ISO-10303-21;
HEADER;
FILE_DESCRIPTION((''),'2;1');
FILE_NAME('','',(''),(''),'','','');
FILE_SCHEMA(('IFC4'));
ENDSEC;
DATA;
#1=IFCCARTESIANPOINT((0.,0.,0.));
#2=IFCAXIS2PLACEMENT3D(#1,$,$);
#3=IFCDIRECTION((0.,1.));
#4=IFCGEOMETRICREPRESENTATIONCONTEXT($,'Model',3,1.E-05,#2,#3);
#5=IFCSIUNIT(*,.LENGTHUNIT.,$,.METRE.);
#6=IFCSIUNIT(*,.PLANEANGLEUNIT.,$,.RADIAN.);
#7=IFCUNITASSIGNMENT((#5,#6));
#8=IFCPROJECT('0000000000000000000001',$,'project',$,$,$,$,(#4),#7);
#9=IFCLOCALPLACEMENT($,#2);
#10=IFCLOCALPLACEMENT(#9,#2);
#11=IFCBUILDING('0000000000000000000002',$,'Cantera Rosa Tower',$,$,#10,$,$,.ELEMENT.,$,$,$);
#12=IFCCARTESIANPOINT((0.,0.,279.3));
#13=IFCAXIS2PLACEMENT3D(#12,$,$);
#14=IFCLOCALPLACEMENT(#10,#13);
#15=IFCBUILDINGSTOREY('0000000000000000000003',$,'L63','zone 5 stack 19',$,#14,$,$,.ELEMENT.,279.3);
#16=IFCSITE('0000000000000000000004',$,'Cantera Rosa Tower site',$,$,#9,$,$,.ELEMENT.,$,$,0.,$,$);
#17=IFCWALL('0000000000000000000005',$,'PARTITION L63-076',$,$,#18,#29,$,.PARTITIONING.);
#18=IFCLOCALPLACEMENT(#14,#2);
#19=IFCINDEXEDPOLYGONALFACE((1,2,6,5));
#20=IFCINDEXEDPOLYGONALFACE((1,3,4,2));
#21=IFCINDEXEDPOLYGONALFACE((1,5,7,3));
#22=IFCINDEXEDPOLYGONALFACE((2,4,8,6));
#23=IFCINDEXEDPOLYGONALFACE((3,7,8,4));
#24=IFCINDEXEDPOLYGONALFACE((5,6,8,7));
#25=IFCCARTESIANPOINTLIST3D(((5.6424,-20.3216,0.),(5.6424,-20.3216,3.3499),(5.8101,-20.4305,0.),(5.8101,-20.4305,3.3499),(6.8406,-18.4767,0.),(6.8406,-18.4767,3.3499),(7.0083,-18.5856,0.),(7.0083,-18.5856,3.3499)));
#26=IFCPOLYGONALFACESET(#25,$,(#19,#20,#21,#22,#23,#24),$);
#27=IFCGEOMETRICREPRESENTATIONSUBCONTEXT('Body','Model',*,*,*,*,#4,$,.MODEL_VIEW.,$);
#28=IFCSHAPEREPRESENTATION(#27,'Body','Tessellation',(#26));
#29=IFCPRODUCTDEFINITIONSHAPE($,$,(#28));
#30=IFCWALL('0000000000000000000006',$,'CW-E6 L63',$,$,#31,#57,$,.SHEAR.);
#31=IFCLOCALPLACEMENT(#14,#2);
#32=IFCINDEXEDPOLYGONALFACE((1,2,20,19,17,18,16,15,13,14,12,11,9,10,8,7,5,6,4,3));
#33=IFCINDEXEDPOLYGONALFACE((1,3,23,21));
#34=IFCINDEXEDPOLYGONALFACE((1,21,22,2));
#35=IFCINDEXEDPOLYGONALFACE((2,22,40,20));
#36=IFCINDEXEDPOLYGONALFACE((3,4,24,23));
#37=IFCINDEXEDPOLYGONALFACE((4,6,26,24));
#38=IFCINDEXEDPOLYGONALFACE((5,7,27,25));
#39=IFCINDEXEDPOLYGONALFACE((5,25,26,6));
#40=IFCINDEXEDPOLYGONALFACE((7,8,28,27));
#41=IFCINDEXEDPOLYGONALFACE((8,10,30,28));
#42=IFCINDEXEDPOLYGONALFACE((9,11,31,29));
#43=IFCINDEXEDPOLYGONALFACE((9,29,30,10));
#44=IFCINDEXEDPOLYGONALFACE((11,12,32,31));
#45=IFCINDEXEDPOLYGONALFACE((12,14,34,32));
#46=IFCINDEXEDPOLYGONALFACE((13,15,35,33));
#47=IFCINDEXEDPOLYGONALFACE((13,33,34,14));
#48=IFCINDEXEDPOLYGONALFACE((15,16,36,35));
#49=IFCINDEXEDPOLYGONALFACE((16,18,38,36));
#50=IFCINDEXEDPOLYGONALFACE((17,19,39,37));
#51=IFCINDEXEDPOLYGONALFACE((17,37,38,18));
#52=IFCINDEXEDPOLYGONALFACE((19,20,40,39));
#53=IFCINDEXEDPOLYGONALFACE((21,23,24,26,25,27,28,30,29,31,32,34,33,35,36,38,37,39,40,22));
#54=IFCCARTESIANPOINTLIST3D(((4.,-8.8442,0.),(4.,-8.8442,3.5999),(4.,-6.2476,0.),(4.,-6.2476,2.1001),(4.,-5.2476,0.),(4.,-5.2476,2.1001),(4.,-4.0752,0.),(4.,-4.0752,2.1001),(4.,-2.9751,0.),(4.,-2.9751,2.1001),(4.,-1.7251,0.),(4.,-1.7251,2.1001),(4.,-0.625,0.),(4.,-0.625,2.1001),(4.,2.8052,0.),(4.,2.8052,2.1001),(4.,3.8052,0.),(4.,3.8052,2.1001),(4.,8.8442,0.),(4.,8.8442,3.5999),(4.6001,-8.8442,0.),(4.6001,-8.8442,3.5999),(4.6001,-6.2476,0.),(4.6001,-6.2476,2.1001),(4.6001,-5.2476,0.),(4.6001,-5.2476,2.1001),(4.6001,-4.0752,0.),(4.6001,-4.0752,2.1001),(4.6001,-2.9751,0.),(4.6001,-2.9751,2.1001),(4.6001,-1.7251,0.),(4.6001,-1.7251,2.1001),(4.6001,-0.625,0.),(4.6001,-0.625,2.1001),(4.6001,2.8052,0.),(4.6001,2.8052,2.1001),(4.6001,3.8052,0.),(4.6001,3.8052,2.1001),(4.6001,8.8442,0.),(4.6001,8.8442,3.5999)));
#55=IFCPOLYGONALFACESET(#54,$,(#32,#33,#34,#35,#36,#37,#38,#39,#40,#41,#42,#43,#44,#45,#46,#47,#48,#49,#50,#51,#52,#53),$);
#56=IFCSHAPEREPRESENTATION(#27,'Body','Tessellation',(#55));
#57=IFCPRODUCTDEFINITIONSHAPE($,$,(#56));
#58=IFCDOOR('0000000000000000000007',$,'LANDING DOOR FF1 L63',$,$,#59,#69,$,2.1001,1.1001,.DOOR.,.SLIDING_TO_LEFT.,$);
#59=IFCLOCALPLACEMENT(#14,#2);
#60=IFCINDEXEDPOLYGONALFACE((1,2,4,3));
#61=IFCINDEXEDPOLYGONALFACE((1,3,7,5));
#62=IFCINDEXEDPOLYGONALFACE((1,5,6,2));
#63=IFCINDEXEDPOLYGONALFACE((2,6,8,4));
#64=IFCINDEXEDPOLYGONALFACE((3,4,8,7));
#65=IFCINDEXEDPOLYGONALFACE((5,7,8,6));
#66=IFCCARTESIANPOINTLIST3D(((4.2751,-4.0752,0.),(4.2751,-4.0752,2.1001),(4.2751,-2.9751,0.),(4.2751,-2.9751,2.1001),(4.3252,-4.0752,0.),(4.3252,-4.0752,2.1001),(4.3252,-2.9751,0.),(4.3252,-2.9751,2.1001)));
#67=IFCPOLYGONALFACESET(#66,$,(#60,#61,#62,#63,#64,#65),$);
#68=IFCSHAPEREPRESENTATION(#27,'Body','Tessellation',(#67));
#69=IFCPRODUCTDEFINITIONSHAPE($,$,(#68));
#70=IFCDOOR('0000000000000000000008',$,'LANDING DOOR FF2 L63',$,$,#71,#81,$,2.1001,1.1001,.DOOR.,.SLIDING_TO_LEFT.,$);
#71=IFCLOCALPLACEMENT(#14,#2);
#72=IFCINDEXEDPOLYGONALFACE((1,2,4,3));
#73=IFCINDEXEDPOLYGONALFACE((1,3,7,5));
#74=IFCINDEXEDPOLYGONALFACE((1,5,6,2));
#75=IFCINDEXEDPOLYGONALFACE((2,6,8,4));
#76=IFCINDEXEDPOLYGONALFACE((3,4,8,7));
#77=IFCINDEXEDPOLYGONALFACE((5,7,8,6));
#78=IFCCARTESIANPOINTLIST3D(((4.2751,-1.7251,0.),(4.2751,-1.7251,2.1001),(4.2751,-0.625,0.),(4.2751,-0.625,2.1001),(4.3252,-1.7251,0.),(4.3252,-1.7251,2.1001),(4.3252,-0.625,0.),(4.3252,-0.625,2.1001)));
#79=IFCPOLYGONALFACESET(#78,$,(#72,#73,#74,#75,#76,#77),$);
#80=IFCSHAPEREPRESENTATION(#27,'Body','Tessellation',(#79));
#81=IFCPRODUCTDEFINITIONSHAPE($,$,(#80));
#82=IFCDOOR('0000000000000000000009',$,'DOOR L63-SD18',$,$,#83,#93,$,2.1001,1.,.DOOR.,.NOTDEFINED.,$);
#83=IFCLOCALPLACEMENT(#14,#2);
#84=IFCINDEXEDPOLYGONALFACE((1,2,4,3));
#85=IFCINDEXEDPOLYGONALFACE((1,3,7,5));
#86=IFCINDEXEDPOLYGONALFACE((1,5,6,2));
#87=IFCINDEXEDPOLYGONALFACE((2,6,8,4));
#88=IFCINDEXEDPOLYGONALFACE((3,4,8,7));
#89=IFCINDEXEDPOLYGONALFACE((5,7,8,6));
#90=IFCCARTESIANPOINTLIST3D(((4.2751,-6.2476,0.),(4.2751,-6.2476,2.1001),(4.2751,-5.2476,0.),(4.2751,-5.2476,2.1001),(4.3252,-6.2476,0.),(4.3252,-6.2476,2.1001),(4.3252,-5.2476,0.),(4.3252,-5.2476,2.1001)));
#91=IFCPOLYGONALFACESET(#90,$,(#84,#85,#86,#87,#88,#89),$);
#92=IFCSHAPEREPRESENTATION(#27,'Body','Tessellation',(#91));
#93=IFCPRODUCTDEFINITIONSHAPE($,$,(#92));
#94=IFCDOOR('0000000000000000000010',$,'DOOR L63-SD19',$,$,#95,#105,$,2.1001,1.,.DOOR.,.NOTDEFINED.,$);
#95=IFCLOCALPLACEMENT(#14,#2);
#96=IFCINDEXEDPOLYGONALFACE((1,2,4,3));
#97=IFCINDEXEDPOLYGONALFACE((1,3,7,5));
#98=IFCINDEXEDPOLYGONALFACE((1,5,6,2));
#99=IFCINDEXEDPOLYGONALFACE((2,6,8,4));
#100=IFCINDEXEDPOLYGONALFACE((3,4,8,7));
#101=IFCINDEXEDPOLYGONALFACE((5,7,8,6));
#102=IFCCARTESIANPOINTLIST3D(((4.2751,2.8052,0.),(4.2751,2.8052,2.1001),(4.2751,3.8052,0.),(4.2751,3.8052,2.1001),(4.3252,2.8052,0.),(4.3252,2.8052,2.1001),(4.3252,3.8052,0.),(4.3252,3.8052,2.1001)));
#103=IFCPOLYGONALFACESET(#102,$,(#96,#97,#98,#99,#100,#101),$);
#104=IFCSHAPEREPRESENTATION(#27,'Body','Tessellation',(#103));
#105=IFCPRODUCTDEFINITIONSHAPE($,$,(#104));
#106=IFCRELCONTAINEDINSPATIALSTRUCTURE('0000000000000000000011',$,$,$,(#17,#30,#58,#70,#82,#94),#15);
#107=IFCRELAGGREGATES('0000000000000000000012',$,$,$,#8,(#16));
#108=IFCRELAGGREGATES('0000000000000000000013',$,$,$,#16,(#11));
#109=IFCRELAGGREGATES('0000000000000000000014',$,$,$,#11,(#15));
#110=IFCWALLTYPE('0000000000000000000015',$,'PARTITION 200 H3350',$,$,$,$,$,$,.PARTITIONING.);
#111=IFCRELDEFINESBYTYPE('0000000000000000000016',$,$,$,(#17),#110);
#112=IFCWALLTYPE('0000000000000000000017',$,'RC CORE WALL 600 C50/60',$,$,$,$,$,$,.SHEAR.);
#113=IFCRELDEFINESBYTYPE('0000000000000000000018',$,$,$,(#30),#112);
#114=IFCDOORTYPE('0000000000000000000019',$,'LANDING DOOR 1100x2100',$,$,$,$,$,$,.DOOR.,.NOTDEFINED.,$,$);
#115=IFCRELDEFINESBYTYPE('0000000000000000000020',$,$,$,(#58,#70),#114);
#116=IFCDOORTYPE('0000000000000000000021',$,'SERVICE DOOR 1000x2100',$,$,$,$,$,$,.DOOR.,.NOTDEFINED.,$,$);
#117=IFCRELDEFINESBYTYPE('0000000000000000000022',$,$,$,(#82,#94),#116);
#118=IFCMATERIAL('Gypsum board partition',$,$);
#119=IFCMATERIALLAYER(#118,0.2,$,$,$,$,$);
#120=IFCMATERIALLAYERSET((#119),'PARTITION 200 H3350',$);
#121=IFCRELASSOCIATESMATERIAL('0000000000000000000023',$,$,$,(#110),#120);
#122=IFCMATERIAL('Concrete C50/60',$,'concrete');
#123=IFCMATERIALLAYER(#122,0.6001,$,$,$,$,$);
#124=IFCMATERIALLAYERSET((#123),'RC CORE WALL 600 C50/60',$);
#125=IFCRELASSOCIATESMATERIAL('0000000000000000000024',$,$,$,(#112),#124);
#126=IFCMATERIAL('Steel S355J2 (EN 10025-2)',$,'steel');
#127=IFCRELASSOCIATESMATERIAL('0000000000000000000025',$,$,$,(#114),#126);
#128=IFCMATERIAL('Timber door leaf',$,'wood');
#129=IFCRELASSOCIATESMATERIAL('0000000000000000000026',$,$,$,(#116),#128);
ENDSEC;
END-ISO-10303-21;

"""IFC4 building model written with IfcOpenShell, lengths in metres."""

from ifc_helpers import new_model, si_unit, direction, frame, frame_2d, origin, place, context, subcontext, project, spatial, rectangle, extrude, material, layer, layer_set, type_object, element, fill, save


model = new_model("IFC4")

# Units and contexts
model_context = context("Model", 3, precision=1e-05, world=origin(), true_north=direction((0.0, 1.0)))
body_context = subcontext(model_context, "Body", "Model", "MODEL_VIEW")
ifc_project = project(units=[si_unit("LENGTHUNIT", "METRE"), si_unit("PLANEANGLEUNIT", "RADIAN")], contexts=[model_context])

# Site, building, storey
site_placement = place(None, origin())
site = spatial("IfcSite", under=ifc_project, at=site_placement, Name="Cantera Rosa Tower site", CompositionType="ELEMENT", RefElevation=0.0)
building_placement = place(site_placement, origin())
building = spatial("IfcBuilding", under=site, at=building_placement, Name="Cantera Rosa Tower", CompositionType="ELEMENT")
storey_placement = place(building_placement, frame((0.0, 0.0, 279.3)))
storey = spatial("IfcBuildingStorey", under=building, at=storey_placement, Name="L63", Description="zone 5 stack 19", CompositionType="ELEMENT", Elevation=279.3)

# Shared definitions
ifc_material_1 = material(Name="Gypsum board partition")
ifc_layer_1 = layer(ifc_material_1, 0.2)
ifc_layer_set_1 = layer_set([ifc_layer_1], Name="PARTITION 200 H3350")
wall_type_1 = type_object("IfcWallType", Name="PARTITION 200 H3350", PredefinedType="PARTITIONING", material=ifc_layer_set_1)

# Wall
wall_1_placement = place(storey_placement, frame((6.9246, -18.531, 0.0), z_axis=(0.0, 0.0, 1.0), x_axis=(-0.544672, -0.838649, 0.0)))
element("IfcWall", 1, at=wall_1_placement, inside=storey, type_object=wall_type_1, Name="PARTITION L63-076", PredefinedType="PARTITIONING", context=body_context, shape_type="SweptSolid", body=[
    extrude(rectangle(XDim=2.2, YDim=0.2, at=frame_2d((1.1001, 0.0))), origin(), (0.0, 0.0, 1.0), 3.3499),
])

# Wall, openings, doors
ifc_material_2 = material(Name="Concrete C50/60", Category="concrete")
ifc_layer_2 = layer(ifc_material_2, 0.6001)
ifc_layer_set_2 = layer_set([ifc_layer_2], Name="RC CORE WALL 600 C50/60")
wall_type_2 = type_object("IfcWallType", Name="RC CORE WALL 600 C50/60", PredefinedType="SHEAR", material=ifc_layer_set_2)
wall_2_placement = place(storey_placement, frame((4.3, -8.8442, 0.0), z_axis=(0.0, 0.0, 1.0), x_axis=(0.0, 1.0, 0.0)))
wall_2 = element("IfcWall", 2, at=wall_2_placement, inside=storey, type_object=wall_type_2, Name="CW-E6 L63", PredefinedType="SHEAR", context=body_context, shape_type="SweptSolid", body=[
    extrude(rectangle(XDim=17.6885, YDim=0.6001, at=frame_2d((8.8442, 0.0))), origin(), (0.0, 0.0, 1.0), 3.5999),
])
opening_1_placement = place(wall_2_placement, frame((4.769, 0.0, 0.0)))
opening_1 = element("IfcOpeningElement", 3, at=opening_1_placement, cuts=wall_2, PredefinedType="OPENING", context=body_context, shape_type="SweptSolid", body=[
    extrude(rectangle(XDim=1.1001, YDim=2.1001, at=frame_2d((0.55, 1.05))), frame((0.0, 0.3101, 0.0), z_axis=(0.0, -1.0, 0.0), x_axis=(1.0, 0.0, 0.0)), (0.0, 0.0, 1.0), 0.6201),
])
opening_2_placement = place(wall_2_placement, frame((7.1191, 0.0, 0.0)))
opening_2 = element("IfcOpeningElement", 4, at=opening_2_placement, cuts=wall_2, PredefinedType="OPENING", context=body_context, shape_type="SweptSolid", body=[
    extrude(rectangle(XDim=1.1001, YDim=2.1001, at=frame_2d((0.55, 1.05))), frame((0.0, 0.3101, 0.0), z_axis=(0.0, -1.0, 0.0), x_axis=(1.0, 0.0, 0.0)), (0.0, 0.0, 1.0), 0.6201),
])
opening_3_placement = place(wall_2_placement, frame((2.5967, 0.0, 0.0)))
opening_3 = element("IfcOpeningElement", 5, at=opening_3_placement, cuts=wall_2, PredefinedType="OPENING", context=body_context, shape_type="SweptSolid", body=[
    extrude(rectangle(XDim=1.0, YDim=2.1001, at=frame_2d((0.5, 1.05))), frame((0.0, 0.3101, 0.0), z_axis=(0.0, -1.0, 0.0), x_axis=(1.0, 0.0, 0.0)), (0.0, 0.0, 1.0), 0.6201),
])
opening_4_placement = place(wall_2_placement, frame((11.6494, 0.0, 0.0)))
opening_4 = element("IfcOpeningElement", 6, at=opening_4_placement, cuts=wall_2, PredefinedType="OPENING", context=body_context, shape_type="SweptSolid", body=[
    extrude(rectangle(XDim=1.0, YDim=2.1001, at=frame_2d((0.5, 1.05))), frame((0.0, 0.3101, 0.0), z_axis=(0.0, -1.0, 0.0), x_axis=(1.0, 0.0, 0.0)), (0.0, 0.0, 1.0), 0.6201),
])
ifc_material_3 = material(Name="Steel S355J2 (EN 10025-2)", Category="steel")
door_type_1 = type_object("IfcDoorType", Name="LANDING DOOR 1100x2100", OperationType="NOTDEFINED", PredefinedType="DOOR", material=ifc_material_3)
door_1_placement = place(opening_1_placement, origin())
door_1 = element("IfcDoor", 7, at=door_1_placement, inside=storey, type_object=door_type_1, Name="LANDING DOOR FF1 L63", OperationType="SLIDING_TO_LEFT", OverallHeight=2.1001, OverallWidth=1.1001, PredefinedType="DOOR", context=body_context, shape_type="SweptSolid", body=[
    extrude(rectangle(XDim=1.1001, YDim=2.1001, at=frame_2d((0.55, 1.05))), frame((0.0, 0.0249, 0.0), z_axis=(0.0, -1.0, 0.0), x_axis=(1.0, 0.0, 0.0)), (0.0, 0.0, 1.0), 0.05),
])
fill(opening_1, door_1)
door_2_placement = place(opening_2_placement, origin())
door_2 = element("IfcDoor", 8, at=door_2_placement, inside=storey, type_object=door_type_1, Name="LANDING DOOR FF2 L63", OperationType="SLIDING_TO_LEFT", OverallHeight=2.1001, OverallWidth=1.1001, PredefinedType="DOOR", context=body_context, shape_type="SweptSolid", body=[
    extrude(rectangle(XDim=1.1001, YDim=2.1001, at=frame_2d((0.55, 1.05))), frame((0.0, 0.0249, 0.0), z_axis=(0.0, -1.0, 0.0), x_axis=(1.0, 0.0, 0.0)), (0.0, 0.0, 1.0), 0.05),
])
fill(opening_2, door_2)
ifc_material_4 = material(Name="Timber door leaf", Category="wood")
door_type_2 = type_object("IfcDoorType", Name="SERVICE DOOR 1000x2100", OperationType="NOTDEFINED", PredefinedType="DOOR", material=ifc_material_4)
door_3_placement = place(opening_3_placement, origin())
door_3 = element("IfcDoor", 9, at=door_3_placement, inside=storey, type_object=door_type_2, Name="DOOR L63-SD18", OperationType="NOTDEFINED", OverallHeight=2.1001, OverallWidth=1.0, PredefinedType="DOOR", context=body_context, shape_type="SweptSolid", body=[
    extrude(rectangle(XDim=1.0, YDim=2.1001, at=frame_2d((0.5, 1.05))), frame((0.0, 0.0249, 0.0), z_axis=(0.0, -1.0, 0.0), x_axis=(1.0, 0.0, 0.0)), (0.0, 0.0, 1.0), 0.05),
])
fill(opening_3, door_3)
door_4_placement = place(opening_4_placement, origin())
door_4 = element("IfcDoor", 10, at=door_4_placement, inside=storey, type_object=door_type_2, Name="DOOR L63-SD19", OperationType="NOTDEFINED", OverallHeight=2.1001, OverallWidth=1.0, PredefinedType="DOOR", context=body_context, shape_type="SweptSolid", body=[
    extrude(rectangle(XDim=1.0, YDim=2.1001, at=frame_2d((0.5, 1.05))), frame((0.0, 0.0249, 0.0), z_axis=(0.0, -1.0, 0.0), x_axis=(1.0, 0.0, 0.0)), (0.0, 0.0, 1.0), 0.05),
])
fill(opening_4, door_4)

save(model, "model.ifc")
